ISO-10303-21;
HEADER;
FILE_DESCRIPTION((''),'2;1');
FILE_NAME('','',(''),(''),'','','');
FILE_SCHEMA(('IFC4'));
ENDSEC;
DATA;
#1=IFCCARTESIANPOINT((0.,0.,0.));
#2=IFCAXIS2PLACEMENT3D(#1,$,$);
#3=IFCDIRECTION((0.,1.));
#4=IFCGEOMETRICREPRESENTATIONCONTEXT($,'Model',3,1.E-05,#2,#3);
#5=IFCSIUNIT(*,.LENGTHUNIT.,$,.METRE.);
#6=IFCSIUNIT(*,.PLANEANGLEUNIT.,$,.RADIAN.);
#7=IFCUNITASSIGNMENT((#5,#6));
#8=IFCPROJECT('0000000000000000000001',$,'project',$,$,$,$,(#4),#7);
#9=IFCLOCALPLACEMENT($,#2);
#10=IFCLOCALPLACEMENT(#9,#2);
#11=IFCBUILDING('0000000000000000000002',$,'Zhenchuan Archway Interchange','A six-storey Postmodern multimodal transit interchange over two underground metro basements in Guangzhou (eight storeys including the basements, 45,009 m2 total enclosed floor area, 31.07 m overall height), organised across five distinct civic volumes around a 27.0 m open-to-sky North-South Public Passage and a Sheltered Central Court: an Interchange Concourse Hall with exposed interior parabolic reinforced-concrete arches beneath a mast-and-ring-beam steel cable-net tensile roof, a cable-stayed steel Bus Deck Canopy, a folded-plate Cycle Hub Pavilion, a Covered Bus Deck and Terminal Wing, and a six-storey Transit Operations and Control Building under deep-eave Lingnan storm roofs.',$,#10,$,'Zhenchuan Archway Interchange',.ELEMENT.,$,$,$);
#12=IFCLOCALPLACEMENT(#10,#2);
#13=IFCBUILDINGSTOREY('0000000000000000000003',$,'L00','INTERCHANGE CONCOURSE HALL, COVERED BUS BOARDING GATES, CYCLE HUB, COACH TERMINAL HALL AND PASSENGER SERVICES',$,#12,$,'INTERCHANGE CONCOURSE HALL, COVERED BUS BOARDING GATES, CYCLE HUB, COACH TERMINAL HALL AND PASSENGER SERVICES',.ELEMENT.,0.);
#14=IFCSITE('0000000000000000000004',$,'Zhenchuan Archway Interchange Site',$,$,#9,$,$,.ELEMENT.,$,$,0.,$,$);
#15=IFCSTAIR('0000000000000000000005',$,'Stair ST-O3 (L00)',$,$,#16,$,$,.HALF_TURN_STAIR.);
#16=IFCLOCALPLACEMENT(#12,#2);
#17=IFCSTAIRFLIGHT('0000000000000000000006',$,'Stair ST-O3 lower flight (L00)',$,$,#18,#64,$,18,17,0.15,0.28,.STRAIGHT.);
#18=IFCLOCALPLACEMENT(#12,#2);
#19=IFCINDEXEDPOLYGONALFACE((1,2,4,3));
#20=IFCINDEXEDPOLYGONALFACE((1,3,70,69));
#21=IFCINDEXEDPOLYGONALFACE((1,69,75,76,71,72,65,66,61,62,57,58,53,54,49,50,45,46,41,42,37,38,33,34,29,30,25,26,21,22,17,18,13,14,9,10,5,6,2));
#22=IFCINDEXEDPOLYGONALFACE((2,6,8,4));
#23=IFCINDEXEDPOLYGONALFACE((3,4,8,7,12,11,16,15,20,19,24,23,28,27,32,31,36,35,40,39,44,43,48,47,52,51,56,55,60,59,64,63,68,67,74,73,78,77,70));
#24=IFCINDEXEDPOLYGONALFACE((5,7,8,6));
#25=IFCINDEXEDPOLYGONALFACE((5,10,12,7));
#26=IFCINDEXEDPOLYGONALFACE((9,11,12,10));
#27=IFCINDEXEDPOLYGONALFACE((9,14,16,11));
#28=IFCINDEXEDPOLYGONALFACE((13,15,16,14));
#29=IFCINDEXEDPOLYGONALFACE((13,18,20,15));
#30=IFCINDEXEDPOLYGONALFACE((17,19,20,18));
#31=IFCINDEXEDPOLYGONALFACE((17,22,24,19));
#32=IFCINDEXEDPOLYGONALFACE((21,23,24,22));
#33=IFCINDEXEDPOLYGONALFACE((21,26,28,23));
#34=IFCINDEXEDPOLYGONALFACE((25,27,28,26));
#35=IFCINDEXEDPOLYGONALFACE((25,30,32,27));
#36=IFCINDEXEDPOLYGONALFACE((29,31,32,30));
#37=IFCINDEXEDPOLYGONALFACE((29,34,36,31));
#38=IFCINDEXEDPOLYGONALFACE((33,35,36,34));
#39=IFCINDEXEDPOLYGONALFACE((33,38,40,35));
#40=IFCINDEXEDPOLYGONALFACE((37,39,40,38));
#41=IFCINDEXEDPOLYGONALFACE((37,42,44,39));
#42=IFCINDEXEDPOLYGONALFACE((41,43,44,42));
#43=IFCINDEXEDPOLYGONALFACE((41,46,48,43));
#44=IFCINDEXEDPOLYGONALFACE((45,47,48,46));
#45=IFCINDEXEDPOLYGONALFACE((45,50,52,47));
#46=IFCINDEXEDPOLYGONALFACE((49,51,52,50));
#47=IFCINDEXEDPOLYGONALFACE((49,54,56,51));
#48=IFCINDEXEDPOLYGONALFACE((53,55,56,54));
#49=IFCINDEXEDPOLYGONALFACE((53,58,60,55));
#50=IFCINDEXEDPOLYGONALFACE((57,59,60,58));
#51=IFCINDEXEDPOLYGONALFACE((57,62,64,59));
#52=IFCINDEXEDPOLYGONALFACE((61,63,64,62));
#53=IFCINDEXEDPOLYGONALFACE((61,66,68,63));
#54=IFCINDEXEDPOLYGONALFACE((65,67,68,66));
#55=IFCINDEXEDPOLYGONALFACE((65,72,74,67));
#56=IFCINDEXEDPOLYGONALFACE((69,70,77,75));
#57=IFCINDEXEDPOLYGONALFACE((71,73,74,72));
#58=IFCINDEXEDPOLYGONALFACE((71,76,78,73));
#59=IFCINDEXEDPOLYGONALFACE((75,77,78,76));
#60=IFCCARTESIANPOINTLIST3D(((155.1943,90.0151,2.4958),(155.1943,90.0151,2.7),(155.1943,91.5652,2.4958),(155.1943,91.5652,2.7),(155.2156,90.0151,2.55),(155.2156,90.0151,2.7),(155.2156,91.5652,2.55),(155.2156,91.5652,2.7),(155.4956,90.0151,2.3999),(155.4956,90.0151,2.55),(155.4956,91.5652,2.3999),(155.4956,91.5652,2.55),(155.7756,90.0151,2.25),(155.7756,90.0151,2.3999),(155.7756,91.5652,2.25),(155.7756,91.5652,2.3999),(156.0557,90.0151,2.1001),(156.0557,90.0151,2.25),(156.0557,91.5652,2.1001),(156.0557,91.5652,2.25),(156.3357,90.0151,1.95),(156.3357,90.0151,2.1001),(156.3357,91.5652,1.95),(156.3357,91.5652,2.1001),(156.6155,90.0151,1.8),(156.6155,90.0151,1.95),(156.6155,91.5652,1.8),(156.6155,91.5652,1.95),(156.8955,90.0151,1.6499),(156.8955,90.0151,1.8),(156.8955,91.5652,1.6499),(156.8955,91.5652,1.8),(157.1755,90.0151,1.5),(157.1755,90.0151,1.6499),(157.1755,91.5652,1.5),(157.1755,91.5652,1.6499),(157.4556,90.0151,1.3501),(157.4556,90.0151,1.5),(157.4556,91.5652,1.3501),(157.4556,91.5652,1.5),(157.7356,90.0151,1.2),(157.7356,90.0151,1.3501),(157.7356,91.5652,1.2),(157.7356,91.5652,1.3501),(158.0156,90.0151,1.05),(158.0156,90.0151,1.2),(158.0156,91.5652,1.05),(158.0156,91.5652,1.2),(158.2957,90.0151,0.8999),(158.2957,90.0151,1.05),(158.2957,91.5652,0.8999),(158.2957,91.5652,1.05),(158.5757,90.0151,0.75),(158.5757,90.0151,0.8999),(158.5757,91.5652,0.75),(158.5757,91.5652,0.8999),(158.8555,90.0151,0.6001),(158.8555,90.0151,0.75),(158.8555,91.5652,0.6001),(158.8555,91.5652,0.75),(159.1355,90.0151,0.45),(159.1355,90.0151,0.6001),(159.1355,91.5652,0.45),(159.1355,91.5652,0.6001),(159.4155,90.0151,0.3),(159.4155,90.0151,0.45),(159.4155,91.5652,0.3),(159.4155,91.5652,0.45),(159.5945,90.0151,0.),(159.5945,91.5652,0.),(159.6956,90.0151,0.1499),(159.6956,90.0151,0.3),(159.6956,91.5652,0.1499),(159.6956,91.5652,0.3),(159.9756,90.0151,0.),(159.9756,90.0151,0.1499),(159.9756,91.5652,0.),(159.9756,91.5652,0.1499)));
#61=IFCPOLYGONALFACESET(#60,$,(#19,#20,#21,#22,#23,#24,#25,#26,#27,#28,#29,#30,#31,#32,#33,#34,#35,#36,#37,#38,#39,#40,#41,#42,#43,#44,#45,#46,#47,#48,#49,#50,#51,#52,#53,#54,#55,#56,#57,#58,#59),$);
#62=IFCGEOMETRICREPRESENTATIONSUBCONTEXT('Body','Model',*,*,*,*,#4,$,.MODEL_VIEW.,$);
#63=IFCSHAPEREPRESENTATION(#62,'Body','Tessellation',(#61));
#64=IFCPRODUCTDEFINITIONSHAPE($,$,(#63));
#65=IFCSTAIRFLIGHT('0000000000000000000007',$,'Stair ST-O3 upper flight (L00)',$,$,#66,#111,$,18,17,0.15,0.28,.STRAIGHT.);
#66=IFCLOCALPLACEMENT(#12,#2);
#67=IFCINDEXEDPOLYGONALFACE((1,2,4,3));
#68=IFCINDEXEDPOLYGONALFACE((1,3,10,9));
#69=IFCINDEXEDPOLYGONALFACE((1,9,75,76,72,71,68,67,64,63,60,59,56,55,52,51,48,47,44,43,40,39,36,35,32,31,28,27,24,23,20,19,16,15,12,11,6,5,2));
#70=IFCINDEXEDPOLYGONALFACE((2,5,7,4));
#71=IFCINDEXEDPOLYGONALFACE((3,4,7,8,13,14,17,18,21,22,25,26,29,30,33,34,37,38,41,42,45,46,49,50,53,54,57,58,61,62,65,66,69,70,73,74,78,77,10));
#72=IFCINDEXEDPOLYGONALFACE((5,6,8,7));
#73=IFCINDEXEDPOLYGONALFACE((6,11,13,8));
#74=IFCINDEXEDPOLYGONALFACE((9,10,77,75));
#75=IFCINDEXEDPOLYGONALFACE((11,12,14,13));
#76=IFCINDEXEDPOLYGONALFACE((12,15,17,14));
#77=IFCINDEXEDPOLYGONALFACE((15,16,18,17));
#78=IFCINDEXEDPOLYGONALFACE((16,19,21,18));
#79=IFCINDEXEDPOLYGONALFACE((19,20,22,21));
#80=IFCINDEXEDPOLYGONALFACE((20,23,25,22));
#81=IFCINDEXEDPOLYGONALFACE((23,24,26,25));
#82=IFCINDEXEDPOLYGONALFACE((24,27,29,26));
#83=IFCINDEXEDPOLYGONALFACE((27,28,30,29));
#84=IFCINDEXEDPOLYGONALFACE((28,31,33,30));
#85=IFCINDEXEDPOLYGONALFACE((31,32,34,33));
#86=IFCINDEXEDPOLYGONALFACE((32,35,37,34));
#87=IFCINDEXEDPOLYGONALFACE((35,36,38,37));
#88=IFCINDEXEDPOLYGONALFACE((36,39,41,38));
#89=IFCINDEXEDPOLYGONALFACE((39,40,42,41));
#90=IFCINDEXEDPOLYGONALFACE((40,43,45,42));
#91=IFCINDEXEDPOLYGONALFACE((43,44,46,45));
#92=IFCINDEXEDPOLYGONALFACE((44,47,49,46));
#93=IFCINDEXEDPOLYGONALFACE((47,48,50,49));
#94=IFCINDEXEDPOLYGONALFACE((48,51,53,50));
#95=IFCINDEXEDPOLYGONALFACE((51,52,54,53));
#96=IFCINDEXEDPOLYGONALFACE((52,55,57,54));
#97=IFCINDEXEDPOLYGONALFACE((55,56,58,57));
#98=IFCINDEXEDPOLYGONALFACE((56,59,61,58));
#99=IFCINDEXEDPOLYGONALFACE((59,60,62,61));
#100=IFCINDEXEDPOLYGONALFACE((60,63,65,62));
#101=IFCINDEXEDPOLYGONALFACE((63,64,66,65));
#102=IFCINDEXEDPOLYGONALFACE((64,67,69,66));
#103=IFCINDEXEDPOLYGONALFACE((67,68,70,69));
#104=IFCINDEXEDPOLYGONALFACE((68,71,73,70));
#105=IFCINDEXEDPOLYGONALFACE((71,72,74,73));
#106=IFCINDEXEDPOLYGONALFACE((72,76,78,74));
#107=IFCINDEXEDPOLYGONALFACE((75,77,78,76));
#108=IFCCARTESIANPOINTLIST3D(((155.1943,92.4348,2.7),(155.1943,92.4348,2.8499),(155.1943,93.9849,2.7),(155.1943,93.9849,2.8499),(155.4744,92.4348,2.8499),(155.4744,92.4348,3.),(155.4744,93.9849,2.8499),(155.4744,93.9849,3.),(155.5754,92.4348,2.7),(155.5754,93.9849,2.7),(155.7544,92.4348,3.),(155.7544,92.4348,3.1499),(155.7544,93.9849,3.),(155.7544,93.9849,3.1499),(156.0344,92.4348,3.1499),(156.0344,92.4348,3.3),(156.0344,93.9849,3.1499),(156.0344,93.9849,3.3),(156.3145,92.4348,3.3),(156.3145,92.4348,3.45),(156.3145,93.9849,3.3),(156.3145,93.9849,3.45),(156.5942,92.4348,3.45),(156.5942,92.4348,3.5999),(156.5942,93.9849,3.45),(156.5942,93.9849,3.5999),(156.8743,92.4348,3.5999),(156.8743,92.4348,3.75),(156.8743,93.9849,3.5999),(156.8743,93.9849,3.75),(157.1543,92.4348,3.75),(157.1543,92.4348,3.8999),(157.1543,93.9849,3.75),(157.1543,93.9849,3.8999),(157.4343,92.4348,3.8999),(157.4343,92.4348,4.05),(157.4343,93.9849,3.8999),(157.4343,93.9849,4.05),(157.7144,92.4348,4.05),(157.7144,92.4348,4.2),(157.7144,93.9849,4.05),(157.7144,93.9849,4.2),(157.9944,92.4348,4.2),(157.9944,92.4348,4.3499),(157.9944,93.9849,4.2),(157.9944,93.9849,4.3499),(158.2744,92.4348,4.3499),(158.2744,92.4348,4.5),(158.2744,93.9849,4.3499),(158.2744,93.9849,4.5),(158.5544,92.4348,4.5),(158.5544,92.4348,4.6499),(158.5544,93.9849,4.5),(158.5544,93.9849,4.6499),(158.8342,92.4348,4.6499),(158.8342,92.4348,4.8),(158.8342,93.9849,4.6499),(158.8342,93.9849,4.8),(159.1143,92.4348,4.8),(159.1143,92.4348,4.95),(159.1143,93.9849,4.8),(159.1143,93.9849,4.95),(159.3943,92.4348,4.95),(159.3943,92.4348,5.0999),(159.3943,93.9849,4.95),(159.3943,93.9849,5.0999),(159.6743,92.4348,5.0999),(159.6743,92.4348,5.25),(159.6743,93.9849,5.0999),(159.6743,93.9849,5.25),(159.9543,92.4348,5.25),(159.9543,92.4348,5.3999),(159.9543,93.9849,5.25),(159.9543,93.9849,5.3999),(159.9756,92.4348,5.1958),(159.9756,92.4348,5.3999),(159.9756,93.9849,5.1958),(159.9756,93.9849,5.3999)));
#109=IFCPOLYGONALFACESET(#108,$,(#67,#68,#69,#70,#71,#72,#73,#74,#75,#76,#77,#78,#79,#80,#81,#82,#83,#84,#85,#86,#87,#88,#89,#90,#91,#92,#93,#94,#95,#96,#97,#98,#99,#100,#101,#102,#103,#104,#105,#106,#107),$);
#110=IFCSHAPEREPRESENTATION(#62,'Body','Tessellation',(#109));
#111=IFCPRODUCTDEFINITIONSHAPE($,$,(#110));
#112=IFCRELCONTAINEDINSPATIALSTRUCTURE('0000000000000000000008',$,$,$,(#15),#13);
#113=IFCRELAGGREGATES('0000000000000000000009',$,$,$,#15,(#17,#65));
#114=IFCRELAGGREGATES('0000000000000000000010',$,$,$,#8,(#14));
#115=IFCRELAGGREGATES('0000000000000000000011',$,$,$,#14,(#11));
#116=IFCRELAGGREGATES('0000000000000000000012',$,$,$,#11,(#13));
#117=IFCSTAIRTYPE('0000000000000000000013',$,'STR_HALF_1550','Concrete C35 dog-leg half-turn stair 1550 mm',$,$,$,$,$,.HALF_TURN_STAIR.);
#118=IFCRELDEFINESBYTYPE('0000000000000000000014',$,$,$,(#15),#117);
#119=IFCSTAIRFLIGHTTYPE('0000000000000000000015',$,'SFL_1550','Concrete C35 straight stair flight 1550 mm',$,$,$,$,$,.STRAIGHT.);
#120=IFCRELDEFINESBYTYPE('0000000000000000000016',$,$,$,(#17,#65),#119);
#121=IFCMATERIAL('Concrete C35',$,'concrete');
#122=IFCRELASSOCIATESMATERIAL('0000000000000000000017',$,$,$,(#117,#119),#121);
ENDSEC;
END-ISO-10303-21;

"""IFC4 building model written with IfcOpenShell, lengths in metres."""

from ifc_helpers import new_model, si_unit, direction, frame, origin, place, context, subcontext, project, spatial, polyline, outline, extrude, material, type_object, element, aggregate, save


model = new_model("IFC4")

# Units and contexts
model_context = context("Model", 3, precision=1e-05, world=origin(), true_north=direction((0.0, 1.0)))
body_context = subcontext(model_context, "Body", "Model", "MODEL_VIEW")
ifc_project = project(units=[si_unit("LENGTHUNIT", "METRE"), si_unit("PLANEANGLEUNIT", "RADIAN")], contexts=[model_context])

# Site, building, storey
site_placement = place(None, origin())
site = spatial("IfcSite", under=ifc_project, at=site_placement, Name="Zhenchuan Archway Interchange Site", CompositionType="ELEMENT", RefElevation=0.0)
building_placement = place(site_placement, origin())
building = spatial("IfcBuilding", under=site, at=building_placement, Name="Zhenchuan Archway Interchange", Description="A six-storey Postmodern multimodal transit interchange over two underground metro basements in Guangzhou (eight storeys including the basements, 45,009 m2 total enclosed floor area, 31.07 m overall height), organised across five distinct civic volumes around a 27.0 m open-to-sky North-South Public Passage and a Sheltered Central Court: an Interchange Concourse Hall with exposed interior parabolic reinforced-concrete arches beneath a mast-and-ring-beam steel cable-net tensile roof, a cable-stayed steel Bus Deck Canopy, a folded-plate Cycle Hub Pavilion, a Covered Bus Deck and Terminal Wing, and a six-storey Transit Operations and Control Building under deep-eave Lingnan storm roofs.", LongName="Zhenchuan Archway Interchange", CompositionType="ELEMENT")
storey_placement = place(building_placement, origin())
storey = spatial("IfcBuildingStorey", under=building, at=storey_placement, Name="L00", Description="INTERCHANGE CONCOURSE HALL, COVERED BUS BOARDING GATES, CYCLE HUB, COACH TERMINAL HALL AND PASSENGER SERVICES", LongName="INTERCHANGE CONCOURSE HALL, COVERED BUS BOARDING GATES, CYCLE HUB, COACH TERMINAL HALL AND PASSENGER SERVICES", CompositionType="ELEMENT", Elevation=0.0)

# Shared definitions
ifc_material_1 = material(Name="Concrete C35", Category="concrete")

# Stair, stair flights
stair_type = type_object("IfcStairType", Name="STR_HALF_1550", Description="Concrete C35 dog-leg half-turn stair 1550 mm", PredefinedType="HALF_TURN_STAIR", material=ifc_material_1)
stair_placement = place(storey_placement, origin())
stair = element("IfcStair", 1, at=stair_placement, inside=storey, type_object=stair_type, Name="Stair ST-O3 (L00)", PredefinedType="HALF_TURN_STAIR")
stair_flight_type = type_object("IfcStairFlightType", Name="SFL_1550", Description="Concrete C35 straight stair flight 1550 mm", PredefinedType="STRAIGHT", material=ifc_material_1)
stair_flight_1_placement = place(storey_placement, frame((159.9756, 90.79, 0.0), z_axis=(0.0, 0.0, 1.0), x_axis=(-1.0, 0.0, 0.0)))
stair_flight_1 = element("IfcStairFlight", 2, at=stair_flight_1_placement, type_object=stair_flight_type, Name="Stair ST-O3 lower flight (L00)", NumberOfRisers=18, NumberOfTreads=17, PredefinedType="STRAIGHT", RiserHeight=0.15, TreadLength=0.28, context=body_context, shape_type="SweptSolid", body=[
    extrude(outline(polyline([(0.0, 0.0), (0.0, 0.1499), (0.28, 0.1499), (0.28, 0.3), (0.5601, 0.3), (0.5601, 0.45), (0.8401, 0.45), (0.8401, 0.6001), (1.1201, 0.6001), (1.1201, 0.75), (1.3999, 0.75), (1.3999, 0.8999), (1.6799, 0.8999), (1.6799, 1.05), (1.96, 1.05), (1.96, 1.2), (2.24, 1.2), (2.24, 1.3501), (2.52, 1.3501), (2.52, 1.5), (2.8, 1.5), (2.8, 1.6499), (3.0801, 1.6499), (3.0801, 1.8), (3.3601, 1.8), (3.3601, 1.95), (3.6399, 1.95), (3.6399, 2.1001), (3.9199, 2.1001), (3.9199, 2.25), (4.2, 2.25), (4.2, 2.3999), (4.48, 2.3999), (4.48, 2.55), (4.76, 2.55), (4.76, 2.7), (4.7812, 2.7), (4.7812, 2.4958), (0.3811, 0.0), (0.0, 0.0)])), frame((0.0, 0.7749, 0.0), z_axis=(0.0, -1.0, 0.0), x_axis=(1.0, 0.0, 0.0)), (0.0, 0.0, 1.0), 1.55),
])
stair_flight_2_placement = place(storey_placement, frame((155.1943, 93.21, 2.7), z_axis=(0.0, 0.0, 1.0), x_axis=(1.0, 0.0, 0.0)))
stair_flight_2 = element("IfcStairFlight", 3, at=stair_flight_2_placement, type_object=stair_flight_type, Name="Stair ST-O3 upper flight (L00)", NumberOfRisers=18, NumberOfTreads=17, PredefinedType="STRAIGHT", RiserHeight=0.15, TreadLength=0.28, context=body_context, shape_type="SweptSolid", body=[
    extrude(outline(polyline([(0.0, 0.0), (0.0, 0.1499), (0.28, 0.1499), (0.28, 0.3), (0.5601, 0.3), (0.5601, 0.45), (0.8401, 0.45), (0.8401, 0.6001), (1.1201, 0.6001), (1.1201, 0.75), (1.3999, 0.75), (1.3999, 0.8999), (1.6799, 0.8999), (1.6799, 1.05), (1.96, 1.05), (1.96, 1.2), (2.24, 1.2), (2.24, 1.3501), (2.52, 1.3501), (2.52, 1.5), (2.8, 1.5), (2.8, 1.6499), (3.0801, 1.6499), (3.0801, 1.8), (3.3601, 1.8), (3.3601, 1.95), (3.6399, 1.95), (3.6399, 2.1001), (3.9199, 2.1001), (3.9199, 2.25), (4.2, 2.25), (4.2, 2.3999), (4.48, 2.3999), (4.48, 2.55), (4.76, 2.55), (4.76, 2.7), (4.7812, 2.7), (4.7812, 2.4958), (0.3811, 0.0), (0.0, 0.0)])), frame((0.0, 0.7749, 0.0), z_axis=(0.0, -1.0, 0.0), x_axis=(1.0, 0.0, 0.0)), (0.0, 0.0, 1.0), 1.55),
])
aggregate(stair, [stair_flight_1, stair_flight_2])

save(model, "model.ifc")
